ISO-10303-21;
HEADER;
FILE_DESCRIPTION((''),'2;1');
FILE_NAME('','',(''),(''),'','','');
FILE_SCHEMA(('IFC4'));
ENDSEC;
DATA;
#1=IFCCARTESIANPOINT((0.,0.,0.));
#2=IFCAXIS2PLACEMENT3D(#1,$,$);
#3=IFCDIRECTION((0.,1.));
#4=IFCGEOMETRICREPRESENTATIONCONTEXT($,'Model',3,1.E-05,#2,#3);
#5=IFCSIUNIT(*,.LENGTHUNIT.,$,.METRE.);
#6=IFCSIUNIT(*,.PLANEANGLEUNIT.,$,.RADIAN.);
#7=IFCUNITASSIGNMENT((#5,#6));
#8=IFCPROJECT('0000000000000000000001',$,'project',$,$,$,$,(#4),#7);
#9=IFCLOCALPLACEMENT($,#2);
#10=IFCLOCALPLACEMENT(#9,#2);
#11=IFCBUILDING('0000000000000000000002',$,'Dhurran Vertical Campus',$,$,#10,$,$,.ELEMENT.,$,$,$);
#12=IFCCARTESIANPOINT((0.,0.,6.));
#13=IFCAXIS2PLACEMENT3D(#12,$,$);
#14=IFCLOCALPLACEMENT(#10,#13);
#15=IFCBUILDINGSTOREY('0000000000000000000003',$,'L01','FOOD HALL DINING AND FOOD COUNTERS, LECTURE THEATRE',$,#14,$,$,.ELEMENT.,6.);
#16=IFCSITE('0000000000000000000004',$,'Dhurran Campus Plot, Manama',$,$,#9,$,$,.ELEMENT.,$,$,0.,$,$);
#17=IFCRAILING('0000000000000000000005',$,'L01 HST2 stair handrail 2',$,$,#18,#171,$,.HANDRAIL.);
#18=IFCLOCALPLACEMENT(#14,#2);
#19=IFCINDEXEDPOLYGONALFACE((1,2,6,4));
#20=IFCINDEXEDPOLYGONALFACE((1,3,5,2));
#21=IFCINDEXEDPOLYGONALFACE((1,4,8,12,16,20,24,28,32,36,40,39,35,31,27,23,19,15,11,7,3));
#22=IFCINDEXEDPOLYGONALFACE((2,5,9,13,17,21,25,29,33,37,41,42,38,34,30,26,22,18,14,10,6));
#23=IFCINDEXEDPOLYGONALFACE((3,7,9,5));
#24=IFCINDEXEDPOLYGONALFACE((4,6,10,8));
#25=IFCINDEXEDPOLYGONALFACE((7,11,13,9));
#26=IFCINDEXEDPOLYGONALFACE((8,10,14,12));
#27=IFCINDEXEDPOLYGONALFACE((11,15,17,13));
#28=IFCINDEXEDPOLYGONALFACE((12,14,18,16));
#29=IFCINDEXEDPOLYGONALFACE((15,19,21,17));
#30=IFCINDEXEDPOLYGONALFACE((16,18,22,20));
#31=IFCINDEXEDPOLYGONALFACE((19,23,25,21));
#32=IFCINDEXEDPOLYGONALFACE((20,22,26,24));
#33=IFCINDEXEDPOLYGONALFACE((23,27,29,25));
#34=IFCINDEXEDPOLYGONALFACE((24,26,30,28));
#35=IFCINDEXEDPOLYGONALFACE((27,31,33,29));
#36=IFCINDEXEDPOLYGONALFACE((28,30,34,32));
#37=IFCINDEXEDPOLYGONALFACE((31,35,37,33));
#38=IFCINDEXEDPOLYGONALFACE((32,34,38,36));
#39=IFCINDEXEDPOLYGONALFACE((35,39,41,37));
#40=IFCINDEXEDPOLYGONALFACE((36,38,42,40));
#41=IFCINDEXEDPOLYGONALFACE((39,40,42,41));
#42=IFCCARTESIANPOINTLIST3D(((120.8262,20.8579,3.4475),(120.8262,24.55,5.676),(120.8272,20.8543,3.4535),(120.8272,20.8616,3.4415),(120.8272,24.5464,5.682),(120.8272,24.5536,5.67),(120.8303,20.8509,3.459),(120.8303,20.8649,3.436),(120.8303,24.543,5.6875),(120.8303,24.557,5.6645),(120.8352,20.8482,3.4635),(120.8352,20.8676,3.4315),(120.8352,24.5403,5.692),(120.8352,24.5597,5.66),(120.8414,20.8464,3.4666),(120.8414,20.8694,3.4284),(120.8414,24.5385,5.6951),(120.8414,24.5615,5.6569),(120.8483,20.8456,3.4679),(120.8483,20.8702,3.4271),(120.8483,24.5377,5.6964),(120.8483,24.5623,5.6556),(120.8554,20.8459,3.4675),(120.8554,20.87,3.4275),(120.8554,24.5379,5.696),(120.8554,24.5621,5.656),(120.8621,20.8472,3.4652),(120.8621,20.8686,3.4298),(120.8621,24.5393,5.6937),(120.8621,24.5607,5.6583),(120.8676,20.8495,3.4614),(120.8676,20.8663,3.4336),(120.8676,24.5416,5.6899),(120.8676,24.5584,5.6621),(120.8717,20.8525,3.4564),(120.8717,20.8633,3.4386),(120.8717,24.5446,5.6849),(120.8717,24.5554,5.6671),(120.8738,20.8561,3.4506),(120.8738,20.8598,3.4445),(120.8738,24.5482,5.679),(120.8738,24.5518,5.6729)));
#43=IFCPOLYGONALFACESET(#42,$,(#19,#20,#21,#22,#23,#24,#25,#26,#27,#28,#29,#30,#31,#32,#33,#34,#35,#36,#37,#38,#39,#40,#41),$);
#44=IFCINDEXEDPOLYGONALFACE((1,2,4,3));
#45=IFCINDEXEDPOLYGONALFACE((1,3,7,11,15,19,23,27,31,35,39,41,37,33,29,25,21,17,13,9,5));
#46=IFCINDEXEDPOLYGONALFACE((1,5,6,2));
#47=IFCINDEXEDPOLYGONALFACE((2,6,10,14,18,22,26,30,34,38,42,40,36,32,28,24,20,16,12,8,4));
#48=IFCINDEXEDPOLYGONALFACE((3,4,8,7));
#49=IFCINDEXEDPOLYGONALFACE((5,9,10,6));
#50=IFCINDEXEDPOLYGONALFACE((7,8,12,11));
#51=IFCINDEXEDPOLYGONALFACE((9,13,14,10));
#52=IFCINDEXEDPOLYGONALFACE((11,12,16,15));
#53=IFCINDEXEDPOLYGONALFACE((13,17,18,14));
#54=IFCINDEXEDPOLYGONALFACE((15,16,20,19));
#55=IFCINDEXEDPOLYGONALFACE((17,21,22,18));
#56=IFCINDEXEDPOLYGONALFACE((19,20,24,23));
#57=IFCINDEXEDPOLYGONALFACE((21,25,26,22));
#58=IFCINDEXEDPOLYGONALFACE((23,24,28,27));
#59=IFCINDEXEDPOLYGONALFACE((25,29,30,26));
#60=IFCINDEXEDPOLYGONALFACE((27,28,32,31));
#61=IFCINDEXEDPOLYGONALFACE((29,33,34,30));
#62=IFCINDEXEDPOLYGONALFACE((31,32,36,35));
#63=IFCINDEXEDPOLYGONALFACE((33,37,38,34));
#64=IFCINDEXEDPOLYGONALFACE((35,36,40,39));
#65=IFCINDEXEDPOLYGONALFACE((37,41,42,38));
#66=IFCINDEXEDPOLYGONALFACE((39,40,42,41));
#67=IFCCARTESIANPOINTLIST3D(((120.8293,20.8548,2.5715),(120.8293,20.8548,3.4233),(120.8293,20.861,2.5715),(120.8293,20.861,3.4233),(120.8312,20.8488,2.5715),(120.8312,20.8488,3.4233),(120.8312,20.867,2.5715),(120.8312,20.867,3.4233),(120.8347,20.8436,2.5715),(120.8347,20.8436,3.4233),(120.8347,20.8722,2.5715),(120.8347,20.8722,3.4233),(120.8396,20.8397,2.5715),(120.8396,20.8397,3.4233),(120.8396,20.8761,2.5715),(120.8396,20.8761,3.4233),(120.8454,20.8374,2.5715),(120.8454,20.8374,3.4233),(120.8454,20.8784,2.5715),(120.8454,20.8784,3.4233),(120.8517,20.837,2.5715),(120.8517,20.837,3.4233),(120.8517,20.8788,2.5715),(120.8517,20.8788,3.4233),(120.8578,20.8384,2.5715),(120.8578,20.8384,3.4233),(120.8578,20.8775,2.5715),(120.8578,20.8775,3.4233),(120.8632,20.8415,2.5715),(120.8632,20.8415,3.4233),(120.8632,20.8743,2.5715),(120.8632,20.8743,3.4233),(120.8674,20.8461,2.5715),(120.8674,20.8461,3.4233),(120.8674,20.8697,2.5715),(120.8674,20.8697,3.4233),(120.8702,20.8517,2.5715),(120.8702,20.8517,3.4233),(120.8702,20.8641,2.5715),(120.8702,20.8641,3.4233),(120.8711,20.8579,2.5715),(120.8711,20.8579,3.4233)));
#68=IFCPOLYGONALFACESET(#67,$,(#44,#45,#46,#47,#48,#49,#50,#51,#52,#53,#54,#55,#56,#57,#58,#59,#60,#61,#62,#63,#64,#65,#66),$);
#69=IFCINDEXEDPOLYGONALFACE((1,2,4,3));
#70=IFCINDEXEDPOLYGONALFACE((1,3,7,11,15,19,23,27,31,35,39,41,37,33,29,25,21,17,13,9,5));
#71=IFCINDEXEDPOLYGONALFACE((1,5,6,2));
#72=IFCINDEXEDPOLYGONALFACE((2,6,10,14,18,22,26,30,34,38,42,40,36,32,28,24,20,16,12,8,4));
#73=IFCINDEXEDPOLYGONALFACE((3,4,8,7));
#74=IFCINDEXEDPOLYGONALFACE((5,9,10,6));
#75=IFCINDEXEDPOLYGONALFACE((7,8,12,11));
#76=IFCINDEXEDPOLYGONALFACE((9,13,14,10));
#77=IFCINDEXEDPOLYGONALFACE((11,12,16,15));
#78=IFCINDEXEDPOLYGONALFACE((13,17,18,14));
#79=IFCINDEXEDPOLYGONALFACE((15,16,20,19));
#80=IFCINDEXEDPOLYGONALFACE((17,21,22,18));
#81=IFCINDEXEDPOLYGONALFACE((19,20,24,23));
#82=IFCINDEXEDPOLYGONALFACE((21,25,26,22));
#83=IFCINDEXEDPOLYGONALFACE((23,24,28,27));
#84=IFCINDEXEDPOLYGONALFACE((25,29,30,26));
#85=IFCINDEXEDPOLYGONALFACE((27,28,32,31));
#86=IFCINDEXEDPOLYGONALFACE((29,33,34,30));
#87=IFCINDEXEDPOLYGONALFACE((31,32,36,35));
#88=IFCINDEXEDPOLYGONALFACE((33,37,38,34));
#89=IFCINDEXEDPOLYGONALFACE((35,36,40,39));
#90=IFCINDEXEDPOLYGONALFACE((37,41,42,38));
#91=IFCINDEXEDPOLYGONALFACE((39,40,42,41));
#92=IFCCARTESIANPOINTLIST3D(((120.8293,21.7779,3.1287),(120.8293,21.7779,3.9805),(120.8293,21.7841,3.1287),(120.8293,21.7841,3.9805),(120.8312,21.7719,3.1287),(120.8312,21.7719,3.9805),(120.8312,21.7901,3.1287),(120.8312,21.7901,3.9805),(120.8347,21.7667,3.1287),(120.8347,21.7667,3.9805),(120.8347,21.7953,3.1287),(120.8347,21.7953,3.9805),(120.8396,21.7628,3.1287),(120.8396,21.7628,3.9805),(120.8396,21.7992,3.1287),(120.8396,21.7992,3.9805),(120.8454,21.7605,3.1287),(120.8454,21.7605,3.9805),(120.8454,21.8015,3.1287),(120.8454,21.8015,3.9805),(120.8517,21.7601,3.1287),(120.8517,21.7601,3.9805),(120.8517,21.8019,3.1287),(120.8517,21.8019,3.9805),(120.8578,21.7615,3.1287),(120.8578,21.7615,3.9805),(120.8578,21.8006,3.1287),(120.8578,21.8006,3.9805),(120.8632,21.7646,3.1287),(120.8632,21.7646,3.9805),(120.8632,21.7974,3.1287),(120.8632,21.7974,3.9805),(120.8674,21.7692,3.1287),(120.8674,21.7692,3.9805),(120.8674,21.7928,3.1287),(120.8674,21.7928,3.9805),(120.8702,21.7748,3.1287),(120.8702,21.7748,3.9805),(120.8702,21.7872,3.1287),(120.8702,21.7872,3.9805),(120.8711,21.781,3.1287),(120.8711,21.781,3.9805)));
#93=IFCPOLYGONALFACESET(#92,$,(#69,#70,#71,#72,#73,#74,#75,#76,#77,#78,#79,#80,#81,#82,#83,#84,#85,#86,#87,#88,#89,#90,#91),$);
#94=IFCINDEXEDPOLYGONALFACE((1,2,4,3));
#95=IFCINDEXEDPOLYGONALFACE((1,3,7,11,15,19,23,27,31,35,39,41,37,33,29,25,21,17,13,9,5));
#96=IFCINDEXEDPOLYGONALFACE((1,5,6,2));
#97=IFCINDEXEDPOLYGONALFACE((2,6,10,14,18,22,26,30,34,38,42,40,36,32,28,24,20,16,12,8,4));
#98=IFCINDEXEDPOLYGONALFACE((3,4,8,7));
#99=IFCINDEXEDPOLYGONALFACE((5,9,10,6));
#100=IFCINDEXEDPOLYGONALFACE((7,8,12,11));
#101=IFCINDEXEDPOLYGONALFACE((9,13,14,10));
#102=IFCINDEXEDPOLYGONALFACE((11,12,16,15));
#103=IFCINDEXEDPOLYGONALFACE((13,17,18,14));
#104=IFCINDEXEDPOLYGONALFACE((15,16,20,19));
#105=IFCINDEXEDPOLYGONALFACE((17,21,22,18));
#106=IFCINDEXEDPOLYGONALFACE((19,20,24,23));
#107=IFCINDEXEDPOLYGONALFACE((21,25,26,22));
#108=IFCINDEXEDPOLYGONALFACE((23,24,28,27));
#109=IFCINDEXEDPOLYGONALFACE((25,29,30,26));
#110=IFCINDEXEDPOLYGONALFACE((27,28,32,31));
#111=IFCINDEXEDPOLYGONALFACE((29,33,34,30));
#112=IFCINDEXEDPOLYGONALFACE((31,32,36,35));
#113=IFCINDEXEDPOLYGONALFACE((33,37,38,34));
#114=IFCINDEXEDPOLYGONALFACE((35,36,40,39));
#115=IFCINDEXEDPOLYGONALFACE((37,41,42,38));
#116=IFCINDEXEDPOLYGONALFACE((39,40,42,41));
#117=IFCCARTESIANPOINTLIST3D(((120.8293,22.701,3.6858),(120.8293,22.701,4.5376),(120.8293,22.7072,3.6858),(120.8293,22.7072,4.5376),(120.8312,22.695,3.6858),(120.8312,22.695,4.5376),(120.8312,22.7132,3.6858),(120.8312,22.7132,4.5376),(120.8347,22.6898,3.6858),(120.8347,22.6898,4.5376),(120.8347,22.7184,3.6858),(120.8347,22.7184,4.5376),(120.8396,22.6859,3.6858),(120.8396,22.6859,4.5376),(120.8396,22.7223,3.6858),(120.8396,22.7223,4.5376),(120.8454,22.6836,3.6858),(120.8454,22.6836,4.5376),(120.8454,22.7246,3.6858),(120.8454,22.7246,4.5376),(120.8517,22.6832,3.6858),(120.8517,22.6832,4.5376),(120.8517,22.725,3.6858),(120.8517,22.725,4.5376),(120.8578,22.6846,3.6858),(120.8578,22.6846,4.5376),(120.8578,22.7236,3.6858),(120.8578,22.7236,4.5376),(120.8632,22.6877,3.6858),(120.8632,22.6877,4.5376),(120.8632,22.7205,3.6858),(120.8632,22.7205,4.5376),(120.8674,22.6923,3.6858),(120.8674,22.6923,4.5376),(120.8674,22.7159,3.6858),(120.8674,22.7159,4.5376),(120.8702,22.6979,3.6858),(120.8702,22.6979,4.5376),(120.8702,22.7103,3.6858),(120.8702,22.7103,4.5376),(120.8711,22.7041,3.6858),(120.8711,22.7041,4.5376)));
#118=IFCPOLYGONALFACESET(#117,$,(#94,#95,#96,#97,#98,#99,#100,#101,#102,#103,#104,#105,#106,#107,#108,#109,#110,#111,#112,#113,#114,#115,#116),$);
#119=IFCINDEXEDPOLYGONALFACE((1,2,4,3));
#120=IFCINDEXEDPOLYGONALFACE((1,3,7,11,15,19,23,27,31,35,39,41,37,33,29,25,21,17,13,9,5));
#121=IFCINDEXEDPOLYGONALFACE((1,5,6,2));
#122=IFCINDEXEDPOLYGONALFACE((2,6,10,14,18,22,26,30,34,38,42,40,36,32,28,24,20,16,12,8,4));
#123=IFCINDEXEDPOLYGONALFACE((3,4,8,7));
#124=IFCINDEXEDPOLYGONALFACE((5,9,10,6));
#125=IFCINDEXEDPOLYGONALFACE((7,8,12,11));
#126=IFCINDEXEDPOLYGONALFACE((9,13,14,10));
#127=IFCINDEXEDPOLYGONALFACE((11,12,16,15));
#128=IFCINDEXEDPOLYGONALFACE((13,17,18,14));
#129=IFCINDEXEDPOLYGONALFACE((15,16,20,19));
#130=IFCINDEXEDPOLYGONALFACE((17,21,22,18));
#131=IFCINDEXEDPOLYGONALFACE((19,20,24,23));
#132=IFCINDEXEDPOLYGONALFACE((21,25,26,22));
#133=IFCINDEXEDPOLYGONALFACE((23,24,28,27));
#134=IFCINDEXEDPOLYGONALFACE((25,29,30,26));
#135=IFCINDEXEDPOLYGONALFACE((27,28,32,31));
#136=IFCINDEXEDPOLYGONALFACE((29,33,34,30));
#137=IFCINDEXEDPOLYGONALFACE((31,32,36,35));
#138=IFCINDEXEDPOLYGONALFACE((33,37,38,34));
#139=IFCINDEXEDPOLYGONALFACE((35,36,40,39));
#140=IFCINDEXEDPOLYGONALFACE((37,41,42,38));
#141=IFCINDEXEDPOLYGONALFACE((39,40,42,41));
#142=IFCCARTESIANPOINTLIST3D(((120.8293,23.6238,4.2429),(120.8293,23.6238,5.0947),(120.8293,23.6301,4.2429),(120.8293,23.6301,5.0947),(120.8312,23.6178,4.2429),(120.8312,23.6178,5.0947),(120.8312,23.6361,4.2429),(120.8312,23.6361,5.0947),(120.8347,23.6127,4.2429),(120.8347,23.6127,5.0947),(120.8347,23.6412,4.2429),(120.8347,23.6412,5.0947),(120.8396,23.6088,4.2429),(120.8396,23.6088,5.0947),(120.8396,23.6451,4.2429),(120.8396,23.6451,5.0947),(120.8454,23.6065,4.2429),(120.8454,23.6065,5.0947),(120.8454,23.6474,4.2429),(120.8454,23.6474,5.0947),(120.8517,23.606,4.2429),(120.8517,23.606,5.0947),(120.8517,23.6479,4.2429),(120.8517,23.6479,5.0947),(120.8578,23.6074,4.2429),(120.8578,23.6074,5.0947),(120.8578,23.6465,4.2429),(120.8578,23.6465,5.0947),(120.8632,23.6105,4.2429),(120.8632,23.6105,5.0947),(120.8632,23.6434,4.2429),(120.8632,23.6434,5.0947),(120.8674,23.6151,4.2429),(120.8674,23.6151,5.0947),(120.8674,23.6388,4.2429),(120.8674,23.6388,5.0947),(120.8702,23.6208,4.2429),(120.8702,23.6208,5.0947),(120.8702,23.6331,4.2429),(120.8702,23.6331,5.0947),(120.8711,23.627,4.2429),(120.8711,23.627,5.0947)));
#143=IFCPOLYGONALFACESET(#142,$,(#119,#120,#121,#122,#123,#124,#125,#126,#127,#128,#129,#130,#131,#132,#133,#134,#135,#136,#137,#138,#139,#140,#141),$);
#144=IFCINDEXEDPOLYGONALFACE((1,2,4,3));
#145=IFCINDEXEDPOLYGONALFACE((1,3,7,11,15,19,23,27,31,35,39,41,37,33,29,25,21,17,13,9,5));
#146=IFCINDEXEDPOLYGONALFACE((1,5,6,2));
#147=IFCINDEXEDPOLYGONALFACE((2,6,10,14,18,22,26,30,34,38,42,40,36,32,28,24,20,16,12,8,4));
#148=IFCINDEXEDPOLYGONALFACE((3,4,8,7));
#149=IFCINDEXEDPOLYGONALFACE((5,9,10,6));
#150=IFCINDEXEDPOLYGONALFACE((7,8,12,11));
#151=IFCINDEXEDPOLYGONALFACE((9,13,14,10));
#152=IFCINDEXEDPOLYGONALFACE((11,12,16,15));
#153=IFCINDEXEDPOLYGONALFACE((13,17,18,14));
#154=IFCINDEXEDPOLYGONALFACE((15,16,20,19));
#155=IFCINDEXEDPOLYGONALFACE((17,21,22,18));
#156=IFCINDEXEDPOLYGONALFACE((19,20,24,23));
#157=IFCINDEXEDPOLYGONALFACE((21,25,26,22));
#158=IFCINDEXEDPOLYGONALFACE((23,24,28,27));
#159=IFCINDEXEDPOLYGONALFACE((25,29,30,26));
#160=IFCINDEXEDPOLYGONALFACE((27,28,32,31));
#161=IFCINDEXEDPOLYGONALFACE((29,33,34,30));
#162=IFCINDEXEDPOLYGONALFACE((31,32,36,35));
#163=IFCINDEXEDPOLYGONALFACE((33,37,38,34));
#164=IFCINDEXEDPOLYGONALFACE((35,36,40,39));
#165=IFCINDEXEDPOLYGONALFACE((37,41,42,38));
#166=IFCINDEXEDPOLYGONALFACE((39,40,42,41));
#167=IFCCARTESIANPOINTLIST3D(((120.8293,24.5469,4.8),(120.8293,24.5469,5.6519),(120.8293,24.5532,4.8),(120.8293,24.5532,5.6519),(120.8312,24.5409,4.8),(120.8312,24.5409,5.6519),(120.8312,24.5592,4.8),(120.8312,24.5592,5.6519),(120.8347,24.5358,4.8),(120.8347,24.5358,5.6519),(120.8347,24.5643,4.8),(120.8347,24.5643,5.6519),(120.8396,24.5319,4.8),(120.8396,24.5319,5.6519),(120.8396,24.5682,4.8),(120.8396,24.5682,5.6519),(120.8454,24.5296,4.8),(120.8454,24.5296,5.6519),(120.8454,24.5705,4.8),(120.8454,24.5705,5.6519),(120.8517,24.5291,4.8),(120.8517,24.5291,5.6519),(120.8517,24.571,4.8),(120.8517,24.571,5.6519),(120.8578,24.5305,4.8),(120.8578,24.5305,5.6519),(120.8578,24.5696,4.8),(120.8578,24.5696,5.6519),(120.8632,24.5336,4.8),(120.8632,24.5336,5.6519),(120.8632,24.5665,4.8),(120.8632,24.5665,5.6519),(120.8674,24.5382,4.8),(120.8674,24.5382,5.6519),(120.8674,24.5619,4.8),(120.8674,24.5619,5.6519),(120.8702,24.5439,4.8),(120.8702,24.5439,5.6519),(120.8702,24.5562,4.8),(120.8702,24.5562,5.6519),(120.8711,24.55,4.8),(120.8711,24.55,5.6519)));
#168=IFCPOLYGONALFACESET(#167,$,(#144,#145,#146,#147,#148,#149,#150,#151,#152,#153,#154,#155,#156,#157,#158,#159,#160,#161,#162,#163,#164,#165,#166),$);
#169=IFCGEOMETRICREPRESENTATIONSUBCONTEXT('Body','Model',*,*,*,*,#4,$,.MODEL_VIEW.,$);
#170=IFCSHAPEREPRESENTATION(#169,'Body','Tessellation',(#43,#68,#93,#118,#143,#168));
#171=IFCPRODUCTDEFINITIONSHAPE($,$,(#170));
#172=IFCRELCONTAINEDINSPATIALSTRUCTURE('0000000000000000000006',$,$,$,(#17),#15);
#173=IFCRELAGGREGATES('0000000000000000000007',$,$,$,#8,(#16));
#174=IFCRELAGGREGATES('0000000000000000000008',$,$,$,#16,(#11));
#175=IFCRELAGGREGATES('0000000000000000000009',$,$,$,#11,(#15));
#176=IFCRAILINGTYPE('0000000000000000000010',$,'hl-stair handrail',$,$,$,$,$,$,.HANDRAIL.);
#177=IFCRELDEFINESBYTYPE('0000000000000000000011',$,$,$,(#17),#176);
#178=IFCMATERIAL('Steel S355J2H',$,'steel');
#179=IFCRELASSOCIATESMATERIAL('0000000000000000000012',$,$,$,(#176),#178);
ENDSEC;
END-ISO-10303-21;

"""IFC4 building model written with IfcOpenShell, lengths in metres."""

from ifc_helpers import new_model, si_unit, direction, frame, origin, origin_2d, place, context, subcontext, project, spatial, circle, extrude, material, type_object, element, save


model = new_model("IFC4")

# Units and contexts
model_context = context("Model", 3, precision=1e-05, world=origin(), true_north=direction((0.0, 1.0)))
body_context = subcontext(model_context, "Body", "Model", "MODEL_VIEW")
ifc_project = project(units=[si_unit("LENGTHUNIT", "METRE"), si_unit("PLANEANGLEUNIT", "RADIAN")], contexts=[model_context])

# Site, building, storey
site_placement = place(None, origin())
site = spatial("IfcSite", under=ifc_project, at=site_placement, Name="Dhurran Campus Plot, Manama", CompositionType="ELEMENT", RefElevation=0.0)
building_placement = place(site_placement, origin())
building = spatial("IfcBuilding", under=site, at=building_placement, Name="Dhurran Vertical Campus", CompositionType="ELEMENT")
storey_placement = place(building_placement, frame((0.0, 0.0, 6.0)))
storey = spatial("IfcBuildingStorey", under=building, at=storey_placement, Name="L01", Description="FOOD HALL DINING AND FOOD COUNTERS, LECTURE THEATRE", CompositionType="ELEMENT", Elevation=6.0)

# Railing
ifc_material_1 = material(Name="Steel S355J2H", Category="steel")
railing_type_1 = type_object("IfcRailingType", Name="hl-stair handrail", PredefinedType="HANDRAIL", material=ifc_material_1)
railing_1_placement = place(storey_placement, frame((120.8501, 20.8579, 2.5715)))
element("IfcRailing", 1, at=railing_1_placement, inside=storey, type_object=railing_type_1, Name="L01 HST2 stair handrail 2", PredefinedType="HANDRAIL", context=body_context, shape_type="SweptSolid", body=[
    extrude(circle(Radius=0.0239, at=origin_2d()), frame((0.0, 0.0, 0.876), z_axis=(0.0, 0.856136, 0.51675), x_axis=(-1.0, 0.0, 0.0)), (0.0, 0.0, 1.0), 4.3125),
    extrude(circle(Radius=0.021, at=origin_2d()), origin(), (0.0, 0.0, 1.0), 0.8518),
    extrude(circle(Radius=0.021, at=origin_2d()), frame((0.0, 0.9231, 0.5571)), (0.0, 0.0, 1.0), 0.8518),
    extrude(circle(Radius=0.021, at=origin_2d()), frame((0.0, 1.8462, 1.1143)), (0.0, 0.0, 1.0), 0.8518),
    extrude(circle(Radius=0.021, at=origin_2d()), frame((0.0, 2.769, 1.6714)), (0.0, 0.0, 1.0), 0.8518),
    extrude(circle(Radius=0.021, at=origin_2d()), frame((0.0, 3.6921, 2.2285)), (0.0, 0.0, 1.0), 0.8518),
])

save(model, "model.ifc")
